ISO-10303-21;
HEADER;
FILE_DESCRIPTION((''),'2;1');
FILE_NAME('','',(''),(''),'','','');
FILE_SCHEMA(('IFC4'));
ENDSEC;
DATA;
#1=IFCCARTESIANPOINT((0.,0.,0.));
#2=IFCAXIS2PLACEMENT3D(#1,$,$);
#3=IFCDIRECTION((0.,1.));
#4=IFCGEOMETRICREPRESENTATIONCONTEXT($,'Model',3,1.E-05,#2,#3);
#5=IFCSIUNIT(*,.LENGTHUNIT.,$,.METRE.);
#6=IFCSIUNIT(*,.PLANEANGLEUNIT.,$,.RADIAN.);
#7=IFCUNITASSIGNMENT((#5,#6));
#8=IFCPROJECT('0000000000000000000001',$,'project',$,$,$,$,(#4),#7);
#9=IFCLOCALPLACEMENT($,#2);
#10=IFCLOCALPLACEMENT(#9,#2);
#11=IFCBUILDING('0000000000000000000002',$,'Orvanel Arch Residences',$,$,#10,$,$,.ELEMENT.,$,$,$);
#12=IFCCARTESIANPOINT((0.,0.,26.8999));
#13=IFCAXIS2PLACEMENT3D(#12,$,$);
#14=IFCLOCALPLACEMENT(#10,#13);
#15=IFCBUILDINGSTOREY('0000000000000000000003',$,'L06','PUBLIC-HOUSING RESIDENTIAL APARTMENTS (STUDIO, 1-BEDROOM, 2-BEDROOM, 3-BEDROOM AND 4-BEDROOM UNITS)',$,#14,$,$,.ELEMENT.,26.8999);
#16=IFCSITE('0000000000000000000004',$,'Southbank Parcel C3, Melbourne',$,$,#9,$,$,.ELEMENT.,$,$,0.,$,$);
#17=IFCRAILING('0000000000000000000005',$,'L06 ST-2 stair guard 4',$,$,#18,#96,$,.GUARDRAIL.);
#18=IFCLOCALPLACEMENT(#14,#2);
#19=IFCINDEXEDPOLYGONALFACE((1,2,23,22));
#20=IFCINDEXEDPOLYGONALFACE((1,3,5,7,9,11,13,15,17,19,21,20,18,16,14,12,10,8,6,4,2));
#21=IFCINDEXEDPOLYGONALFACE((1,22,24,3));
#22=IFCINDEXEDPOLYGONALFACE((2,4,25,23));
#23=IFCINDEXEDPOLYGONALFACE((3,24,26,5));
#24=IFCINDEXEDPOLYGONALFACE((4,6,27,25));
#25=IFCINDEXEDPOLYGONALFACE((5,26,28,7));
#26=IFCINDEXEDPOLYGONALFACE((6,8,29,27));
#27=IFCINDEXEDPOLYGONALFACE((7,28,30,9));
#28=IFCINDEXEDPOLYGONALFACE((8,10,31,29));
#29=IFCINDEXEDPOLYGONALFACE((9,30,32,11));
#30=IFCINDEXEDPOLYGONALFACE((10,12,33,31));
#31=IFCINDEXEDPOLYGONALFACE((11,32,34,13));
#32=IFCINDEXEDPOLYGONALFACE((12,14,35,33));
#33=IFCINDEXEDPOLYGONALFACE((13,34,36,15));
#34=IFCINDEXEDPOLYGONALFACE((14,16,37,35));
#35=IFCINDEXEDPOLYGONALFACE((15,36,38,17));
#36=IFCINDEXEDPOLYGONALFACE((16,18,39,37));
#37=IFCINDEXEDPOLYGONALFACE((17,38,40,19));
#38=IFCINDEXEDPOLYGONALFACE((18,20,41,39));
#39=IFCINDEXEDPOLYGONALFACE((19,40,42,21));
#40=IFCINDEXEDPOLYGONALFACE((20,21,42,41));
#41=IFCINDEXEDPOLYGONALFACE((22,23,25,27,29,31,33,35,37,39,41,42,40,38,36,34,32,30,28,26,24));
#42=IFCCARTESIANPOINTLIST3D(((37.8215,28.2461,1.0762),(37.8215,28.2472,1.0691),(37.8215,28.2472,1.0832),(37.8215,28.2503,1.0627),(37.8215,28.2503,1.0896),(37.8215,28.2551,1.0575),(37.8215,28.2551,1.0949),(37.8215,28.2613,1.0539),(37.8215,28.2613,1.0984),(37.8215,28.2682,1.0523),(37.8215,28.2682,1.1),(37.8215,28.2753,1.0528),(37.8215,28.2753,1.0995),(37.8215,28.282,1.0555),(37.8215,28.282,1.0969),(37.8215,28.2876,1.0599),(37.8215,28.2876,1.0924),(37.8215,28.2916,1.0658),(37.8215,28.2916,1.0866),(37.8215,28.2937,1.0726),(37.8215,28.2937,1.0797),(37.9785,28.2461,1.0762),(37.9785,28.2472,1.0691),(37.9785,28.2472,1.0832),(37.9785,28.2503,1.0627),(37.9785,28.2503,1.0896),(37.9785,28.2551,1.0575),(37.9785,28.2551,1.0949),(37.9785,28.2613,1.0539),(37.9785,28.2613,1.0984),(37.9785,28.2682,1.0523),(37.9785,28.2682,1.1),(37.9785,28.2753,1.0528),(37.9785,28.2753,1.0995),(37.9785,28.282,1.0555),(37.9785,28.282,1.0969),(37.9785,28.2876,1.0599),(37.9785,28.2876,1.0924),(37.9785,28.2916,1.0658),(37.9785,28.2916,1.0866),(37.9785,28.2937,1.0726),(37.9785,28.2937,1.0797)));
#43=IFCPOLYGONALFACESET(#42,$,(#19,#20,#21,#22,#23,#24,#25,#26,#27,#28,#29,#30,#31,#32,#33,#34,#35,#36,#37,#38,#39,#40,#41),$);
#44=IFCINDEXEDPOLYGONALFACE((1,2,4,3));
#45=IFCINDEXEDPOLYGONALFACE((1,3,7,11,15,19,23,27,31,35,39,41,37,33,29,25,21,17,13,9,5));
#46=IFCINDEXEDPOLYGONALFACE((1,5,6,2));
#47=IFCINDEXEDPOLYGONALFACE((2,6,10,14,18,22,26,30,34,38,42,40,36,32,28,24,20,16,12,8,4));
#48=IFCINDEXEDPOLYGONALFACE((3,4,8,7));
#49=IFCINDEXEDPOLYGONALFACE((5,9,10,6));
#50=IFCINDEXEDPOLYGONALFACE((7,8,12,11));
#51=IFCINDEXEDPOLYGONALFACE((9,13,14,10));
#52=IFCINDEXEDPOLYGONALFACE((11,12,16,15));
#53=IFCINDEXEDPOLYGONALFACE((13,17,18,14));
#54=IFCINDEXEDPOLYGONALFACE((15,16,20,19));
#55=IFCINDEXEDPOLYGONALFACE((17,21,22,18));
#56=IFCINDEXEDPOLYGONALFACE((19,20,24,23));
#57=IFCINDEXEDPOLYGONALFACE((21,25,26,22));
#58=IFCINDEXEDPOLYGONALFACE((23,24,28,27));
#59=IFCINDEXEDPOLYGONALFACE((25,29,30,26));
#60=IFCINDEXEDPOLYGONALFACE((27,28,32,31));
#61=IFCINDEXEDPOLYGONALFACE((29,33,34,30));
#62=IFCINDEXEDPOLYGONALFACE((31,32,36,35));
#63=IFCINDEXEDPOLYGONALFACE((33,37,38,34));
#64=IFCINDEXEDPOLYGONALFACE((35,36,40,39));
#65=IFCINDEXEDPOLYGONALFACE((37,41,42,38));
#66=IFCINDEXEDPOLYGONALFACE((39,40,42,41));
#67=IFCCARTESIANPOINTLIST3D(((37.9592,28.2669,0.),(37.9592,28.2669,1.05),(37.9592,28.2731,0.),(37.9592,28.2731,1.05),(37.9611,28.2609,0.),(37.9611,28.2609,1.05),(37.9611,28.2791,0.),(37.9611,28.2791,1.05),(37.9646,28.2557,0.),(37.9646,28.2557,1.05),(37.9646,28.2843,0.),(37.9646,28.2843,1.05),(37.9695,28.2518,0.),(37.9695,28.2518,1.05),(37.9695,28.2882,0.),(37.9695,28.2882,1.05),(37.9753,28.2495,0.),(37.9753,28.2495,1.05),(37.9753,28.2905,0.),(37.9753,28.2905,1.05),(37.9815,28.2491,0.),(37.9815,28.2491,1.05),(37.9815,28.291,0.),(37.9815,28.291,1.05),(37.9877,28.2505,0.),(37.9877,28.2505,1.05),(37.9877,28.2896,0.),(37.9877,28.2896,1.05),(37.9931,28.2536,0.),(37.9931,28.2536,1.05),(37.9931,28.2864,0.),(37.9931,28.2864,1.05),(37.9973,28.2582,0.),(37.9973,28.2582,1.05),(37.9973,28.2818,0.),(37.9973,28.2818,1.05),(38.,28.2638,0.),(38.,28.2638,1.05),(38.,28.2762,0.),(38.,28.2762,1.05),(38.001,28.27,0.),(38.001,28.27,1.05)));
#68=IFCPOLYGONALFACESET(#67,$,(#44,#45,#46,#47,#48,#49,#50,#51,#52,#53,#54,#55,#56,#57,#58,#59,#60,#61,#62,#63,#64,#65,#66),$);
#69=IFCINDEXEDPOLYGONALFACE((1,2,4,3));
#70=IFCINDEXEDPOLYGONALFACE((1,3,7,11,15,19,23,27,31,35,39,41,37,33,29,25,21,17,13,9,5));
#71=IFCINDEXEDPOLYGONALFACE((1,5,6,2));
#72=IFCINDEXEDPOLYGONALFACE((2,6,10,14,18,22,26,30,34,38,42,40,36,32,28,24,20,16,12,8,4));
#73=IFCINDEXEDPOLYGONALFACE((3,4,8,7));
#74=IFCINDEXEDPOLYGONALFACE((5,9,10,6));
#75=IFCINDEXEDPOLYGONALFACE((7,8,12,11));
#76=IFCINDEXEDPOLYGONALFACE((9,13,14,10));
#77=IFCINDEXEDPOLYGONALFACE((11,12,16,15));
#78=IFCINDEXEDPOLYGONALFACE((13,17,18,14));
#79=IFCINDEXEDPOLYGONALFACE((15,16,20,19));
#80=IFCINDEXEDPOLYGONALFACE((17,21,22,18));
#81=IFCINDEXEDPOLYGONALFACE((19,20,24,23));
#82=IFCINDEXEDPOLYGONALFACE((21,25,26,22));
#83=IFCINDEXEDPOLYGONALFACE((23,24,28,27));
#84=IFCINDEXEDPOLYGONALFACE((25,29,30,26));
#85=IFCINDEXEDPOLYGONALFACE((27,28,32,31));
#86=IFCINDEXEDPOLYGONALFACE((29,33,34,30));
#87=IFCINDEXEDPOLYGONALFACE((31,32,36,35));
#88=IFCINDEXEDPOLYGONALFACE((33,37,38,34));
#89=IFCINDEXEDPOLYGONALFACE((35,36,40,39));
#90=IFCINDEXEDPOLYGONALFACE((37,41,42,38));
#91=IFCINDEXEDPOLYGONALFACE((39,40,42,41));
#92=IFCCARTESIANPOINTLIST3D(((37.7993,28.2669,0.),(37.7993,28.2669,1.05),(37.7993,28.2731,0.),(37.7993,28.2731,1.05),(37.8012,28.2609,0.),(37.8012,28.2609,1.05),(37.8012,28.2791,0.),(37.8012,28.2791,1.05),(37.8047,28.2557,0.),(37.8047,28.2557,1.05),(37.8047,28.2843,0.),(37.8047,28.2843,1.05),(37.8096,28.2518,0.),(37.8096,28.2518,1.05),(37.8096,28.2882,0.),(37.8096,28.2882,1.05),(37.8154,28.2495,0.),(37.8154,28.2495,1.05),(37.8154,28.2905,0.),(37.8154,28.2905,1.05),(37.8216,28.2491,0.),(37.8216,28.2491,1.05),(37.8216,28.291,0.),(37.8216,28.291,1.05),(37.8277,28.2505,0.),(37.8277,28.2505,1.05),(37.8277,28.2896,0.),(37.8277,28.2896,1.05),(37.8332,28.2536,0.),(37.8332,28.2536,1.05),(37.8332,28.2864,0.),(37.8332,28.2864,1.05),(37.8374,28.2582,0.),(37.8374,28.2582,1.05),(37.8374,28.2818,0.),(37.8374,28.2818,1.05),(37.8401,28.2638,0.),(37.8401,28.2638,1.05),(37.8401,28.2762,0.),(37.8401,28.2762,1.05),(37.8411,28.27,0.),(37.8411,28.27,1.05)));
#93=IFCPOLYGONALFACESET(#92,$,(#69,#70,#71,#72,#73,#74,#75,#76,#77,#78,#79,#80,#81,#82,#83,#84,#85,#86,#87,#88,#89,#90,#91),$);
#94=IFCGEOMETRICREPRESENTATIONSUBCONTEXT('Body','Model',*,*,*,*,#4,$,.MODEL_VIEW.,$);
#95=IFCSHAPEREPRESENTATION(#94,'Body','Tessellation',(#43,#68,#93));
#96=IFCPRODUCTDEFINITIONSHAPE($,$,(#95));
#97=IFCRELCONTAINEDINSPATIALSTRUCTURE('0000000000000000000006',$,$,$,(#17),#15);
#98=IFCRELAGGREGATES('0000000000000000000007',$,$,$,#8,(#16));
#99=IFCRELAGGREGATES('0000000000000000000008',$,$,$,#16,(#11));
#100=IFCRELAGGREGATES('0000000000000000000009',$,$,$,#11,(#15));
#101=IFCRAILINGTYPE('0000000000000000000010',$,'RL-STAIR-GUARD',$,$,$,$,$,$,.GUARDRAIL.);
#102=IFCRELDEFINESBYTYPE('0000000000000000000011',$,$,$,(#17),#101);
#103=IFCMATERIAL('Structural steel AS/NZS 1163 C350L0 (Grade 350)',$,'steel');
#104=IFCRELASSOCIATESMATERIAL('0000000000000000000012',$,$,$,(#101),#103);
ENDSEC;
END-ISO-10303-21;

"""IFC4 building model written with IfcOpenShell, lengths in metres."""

from ifc_helpers import new_model, si_unit, direction, frame, origin, origin_2d, place, context, subcontext, project, spatial, circle, extrude, material, type_object, element, save


model = new_model("IFC4")

# Units and contexts
model_context = context("Model", 3, precision=1e-05, world=origin(), true_north=direction((0.0, 1.0)))
body_context = subcontext(model_context, "Body", "Model", "MODEL_VIEW")
ifc_project = project(units=[si_unit("LENGTHUNIT", "METRE"), si_unit("PLANEANGLEUNIT", "RADIAN")], contexts=[model_context])

# Site, building, storey
site_placement = place(None, origin())
site = spatial("IfcSite", under=ifc_project, at=site_placement, Name="Southbank Parcel C3, Melbourne", CompositionType="ELEMENT", RefElevation=0.0)
building_placement = place(site_placement, origin())
building = spatial("IfcBuilding", under=site, at=building_placement, Name="Orvanel Arch Residences", CompositionType="ELEMENT")
storey_placement = place(building_placement, frame((0.0, 0.0, 26.8999)))
storey = spatial("IfcBuildingStorey", under=building, at=storey_placement, Name="L06", Description="PUBLIC-HOUSING RESIDENTIAL APARTMENTS (STUDIO, 1-BEDROOM, 2-BEDROOM, 3-BEDROOM AND 4-BEDROOM UNITS)", CompositionType="ELEMENT", Elevation=26.8999)

# Railing
ifc_material_1 = material(Name="Structural steel AS/NZS 1163 C350L0 (Grade 350)", Category="steel")
railing_type_1 = type_object("IfcRailingType", Name="RL-STAIR-GUARD", PredefinedType="GUARDRAIL", material=ifc_material_1)
railing_1_placement = place(storey_placement, frame((37.98, 28.27, 0.0)))
element("IfcRailing", 1, at=railing_1_placement, inside=storey, type_object=railing_type_1, Name="L06 ST-2 stair guard 4", PredefinedType="GUARDRAIL", context=body_context, shape_type="SweptSolid", body=[
    extrude(circle(Radius=0.0239, at=origin_2d()), frame((-0.0015, 0.0, 1.0762), z_axis=(-1.0, 0.0, 0.0), x_axis=(0.0, -1.0, 0.0)), (0.0, 0.0, 1.0), 0.157),
    extrude(circle(Radius=0.021, at=origin_2d()), origin(), (0.0, 0.0, 1.0), 1.05),
    extrude(circle(Radius=0.021, at=origin_2d()), frame((-0.1599, 0.0, 0.0)), (0.0, 0.0, 1.0), 1.05),
])

save(model, "model.ifc")
